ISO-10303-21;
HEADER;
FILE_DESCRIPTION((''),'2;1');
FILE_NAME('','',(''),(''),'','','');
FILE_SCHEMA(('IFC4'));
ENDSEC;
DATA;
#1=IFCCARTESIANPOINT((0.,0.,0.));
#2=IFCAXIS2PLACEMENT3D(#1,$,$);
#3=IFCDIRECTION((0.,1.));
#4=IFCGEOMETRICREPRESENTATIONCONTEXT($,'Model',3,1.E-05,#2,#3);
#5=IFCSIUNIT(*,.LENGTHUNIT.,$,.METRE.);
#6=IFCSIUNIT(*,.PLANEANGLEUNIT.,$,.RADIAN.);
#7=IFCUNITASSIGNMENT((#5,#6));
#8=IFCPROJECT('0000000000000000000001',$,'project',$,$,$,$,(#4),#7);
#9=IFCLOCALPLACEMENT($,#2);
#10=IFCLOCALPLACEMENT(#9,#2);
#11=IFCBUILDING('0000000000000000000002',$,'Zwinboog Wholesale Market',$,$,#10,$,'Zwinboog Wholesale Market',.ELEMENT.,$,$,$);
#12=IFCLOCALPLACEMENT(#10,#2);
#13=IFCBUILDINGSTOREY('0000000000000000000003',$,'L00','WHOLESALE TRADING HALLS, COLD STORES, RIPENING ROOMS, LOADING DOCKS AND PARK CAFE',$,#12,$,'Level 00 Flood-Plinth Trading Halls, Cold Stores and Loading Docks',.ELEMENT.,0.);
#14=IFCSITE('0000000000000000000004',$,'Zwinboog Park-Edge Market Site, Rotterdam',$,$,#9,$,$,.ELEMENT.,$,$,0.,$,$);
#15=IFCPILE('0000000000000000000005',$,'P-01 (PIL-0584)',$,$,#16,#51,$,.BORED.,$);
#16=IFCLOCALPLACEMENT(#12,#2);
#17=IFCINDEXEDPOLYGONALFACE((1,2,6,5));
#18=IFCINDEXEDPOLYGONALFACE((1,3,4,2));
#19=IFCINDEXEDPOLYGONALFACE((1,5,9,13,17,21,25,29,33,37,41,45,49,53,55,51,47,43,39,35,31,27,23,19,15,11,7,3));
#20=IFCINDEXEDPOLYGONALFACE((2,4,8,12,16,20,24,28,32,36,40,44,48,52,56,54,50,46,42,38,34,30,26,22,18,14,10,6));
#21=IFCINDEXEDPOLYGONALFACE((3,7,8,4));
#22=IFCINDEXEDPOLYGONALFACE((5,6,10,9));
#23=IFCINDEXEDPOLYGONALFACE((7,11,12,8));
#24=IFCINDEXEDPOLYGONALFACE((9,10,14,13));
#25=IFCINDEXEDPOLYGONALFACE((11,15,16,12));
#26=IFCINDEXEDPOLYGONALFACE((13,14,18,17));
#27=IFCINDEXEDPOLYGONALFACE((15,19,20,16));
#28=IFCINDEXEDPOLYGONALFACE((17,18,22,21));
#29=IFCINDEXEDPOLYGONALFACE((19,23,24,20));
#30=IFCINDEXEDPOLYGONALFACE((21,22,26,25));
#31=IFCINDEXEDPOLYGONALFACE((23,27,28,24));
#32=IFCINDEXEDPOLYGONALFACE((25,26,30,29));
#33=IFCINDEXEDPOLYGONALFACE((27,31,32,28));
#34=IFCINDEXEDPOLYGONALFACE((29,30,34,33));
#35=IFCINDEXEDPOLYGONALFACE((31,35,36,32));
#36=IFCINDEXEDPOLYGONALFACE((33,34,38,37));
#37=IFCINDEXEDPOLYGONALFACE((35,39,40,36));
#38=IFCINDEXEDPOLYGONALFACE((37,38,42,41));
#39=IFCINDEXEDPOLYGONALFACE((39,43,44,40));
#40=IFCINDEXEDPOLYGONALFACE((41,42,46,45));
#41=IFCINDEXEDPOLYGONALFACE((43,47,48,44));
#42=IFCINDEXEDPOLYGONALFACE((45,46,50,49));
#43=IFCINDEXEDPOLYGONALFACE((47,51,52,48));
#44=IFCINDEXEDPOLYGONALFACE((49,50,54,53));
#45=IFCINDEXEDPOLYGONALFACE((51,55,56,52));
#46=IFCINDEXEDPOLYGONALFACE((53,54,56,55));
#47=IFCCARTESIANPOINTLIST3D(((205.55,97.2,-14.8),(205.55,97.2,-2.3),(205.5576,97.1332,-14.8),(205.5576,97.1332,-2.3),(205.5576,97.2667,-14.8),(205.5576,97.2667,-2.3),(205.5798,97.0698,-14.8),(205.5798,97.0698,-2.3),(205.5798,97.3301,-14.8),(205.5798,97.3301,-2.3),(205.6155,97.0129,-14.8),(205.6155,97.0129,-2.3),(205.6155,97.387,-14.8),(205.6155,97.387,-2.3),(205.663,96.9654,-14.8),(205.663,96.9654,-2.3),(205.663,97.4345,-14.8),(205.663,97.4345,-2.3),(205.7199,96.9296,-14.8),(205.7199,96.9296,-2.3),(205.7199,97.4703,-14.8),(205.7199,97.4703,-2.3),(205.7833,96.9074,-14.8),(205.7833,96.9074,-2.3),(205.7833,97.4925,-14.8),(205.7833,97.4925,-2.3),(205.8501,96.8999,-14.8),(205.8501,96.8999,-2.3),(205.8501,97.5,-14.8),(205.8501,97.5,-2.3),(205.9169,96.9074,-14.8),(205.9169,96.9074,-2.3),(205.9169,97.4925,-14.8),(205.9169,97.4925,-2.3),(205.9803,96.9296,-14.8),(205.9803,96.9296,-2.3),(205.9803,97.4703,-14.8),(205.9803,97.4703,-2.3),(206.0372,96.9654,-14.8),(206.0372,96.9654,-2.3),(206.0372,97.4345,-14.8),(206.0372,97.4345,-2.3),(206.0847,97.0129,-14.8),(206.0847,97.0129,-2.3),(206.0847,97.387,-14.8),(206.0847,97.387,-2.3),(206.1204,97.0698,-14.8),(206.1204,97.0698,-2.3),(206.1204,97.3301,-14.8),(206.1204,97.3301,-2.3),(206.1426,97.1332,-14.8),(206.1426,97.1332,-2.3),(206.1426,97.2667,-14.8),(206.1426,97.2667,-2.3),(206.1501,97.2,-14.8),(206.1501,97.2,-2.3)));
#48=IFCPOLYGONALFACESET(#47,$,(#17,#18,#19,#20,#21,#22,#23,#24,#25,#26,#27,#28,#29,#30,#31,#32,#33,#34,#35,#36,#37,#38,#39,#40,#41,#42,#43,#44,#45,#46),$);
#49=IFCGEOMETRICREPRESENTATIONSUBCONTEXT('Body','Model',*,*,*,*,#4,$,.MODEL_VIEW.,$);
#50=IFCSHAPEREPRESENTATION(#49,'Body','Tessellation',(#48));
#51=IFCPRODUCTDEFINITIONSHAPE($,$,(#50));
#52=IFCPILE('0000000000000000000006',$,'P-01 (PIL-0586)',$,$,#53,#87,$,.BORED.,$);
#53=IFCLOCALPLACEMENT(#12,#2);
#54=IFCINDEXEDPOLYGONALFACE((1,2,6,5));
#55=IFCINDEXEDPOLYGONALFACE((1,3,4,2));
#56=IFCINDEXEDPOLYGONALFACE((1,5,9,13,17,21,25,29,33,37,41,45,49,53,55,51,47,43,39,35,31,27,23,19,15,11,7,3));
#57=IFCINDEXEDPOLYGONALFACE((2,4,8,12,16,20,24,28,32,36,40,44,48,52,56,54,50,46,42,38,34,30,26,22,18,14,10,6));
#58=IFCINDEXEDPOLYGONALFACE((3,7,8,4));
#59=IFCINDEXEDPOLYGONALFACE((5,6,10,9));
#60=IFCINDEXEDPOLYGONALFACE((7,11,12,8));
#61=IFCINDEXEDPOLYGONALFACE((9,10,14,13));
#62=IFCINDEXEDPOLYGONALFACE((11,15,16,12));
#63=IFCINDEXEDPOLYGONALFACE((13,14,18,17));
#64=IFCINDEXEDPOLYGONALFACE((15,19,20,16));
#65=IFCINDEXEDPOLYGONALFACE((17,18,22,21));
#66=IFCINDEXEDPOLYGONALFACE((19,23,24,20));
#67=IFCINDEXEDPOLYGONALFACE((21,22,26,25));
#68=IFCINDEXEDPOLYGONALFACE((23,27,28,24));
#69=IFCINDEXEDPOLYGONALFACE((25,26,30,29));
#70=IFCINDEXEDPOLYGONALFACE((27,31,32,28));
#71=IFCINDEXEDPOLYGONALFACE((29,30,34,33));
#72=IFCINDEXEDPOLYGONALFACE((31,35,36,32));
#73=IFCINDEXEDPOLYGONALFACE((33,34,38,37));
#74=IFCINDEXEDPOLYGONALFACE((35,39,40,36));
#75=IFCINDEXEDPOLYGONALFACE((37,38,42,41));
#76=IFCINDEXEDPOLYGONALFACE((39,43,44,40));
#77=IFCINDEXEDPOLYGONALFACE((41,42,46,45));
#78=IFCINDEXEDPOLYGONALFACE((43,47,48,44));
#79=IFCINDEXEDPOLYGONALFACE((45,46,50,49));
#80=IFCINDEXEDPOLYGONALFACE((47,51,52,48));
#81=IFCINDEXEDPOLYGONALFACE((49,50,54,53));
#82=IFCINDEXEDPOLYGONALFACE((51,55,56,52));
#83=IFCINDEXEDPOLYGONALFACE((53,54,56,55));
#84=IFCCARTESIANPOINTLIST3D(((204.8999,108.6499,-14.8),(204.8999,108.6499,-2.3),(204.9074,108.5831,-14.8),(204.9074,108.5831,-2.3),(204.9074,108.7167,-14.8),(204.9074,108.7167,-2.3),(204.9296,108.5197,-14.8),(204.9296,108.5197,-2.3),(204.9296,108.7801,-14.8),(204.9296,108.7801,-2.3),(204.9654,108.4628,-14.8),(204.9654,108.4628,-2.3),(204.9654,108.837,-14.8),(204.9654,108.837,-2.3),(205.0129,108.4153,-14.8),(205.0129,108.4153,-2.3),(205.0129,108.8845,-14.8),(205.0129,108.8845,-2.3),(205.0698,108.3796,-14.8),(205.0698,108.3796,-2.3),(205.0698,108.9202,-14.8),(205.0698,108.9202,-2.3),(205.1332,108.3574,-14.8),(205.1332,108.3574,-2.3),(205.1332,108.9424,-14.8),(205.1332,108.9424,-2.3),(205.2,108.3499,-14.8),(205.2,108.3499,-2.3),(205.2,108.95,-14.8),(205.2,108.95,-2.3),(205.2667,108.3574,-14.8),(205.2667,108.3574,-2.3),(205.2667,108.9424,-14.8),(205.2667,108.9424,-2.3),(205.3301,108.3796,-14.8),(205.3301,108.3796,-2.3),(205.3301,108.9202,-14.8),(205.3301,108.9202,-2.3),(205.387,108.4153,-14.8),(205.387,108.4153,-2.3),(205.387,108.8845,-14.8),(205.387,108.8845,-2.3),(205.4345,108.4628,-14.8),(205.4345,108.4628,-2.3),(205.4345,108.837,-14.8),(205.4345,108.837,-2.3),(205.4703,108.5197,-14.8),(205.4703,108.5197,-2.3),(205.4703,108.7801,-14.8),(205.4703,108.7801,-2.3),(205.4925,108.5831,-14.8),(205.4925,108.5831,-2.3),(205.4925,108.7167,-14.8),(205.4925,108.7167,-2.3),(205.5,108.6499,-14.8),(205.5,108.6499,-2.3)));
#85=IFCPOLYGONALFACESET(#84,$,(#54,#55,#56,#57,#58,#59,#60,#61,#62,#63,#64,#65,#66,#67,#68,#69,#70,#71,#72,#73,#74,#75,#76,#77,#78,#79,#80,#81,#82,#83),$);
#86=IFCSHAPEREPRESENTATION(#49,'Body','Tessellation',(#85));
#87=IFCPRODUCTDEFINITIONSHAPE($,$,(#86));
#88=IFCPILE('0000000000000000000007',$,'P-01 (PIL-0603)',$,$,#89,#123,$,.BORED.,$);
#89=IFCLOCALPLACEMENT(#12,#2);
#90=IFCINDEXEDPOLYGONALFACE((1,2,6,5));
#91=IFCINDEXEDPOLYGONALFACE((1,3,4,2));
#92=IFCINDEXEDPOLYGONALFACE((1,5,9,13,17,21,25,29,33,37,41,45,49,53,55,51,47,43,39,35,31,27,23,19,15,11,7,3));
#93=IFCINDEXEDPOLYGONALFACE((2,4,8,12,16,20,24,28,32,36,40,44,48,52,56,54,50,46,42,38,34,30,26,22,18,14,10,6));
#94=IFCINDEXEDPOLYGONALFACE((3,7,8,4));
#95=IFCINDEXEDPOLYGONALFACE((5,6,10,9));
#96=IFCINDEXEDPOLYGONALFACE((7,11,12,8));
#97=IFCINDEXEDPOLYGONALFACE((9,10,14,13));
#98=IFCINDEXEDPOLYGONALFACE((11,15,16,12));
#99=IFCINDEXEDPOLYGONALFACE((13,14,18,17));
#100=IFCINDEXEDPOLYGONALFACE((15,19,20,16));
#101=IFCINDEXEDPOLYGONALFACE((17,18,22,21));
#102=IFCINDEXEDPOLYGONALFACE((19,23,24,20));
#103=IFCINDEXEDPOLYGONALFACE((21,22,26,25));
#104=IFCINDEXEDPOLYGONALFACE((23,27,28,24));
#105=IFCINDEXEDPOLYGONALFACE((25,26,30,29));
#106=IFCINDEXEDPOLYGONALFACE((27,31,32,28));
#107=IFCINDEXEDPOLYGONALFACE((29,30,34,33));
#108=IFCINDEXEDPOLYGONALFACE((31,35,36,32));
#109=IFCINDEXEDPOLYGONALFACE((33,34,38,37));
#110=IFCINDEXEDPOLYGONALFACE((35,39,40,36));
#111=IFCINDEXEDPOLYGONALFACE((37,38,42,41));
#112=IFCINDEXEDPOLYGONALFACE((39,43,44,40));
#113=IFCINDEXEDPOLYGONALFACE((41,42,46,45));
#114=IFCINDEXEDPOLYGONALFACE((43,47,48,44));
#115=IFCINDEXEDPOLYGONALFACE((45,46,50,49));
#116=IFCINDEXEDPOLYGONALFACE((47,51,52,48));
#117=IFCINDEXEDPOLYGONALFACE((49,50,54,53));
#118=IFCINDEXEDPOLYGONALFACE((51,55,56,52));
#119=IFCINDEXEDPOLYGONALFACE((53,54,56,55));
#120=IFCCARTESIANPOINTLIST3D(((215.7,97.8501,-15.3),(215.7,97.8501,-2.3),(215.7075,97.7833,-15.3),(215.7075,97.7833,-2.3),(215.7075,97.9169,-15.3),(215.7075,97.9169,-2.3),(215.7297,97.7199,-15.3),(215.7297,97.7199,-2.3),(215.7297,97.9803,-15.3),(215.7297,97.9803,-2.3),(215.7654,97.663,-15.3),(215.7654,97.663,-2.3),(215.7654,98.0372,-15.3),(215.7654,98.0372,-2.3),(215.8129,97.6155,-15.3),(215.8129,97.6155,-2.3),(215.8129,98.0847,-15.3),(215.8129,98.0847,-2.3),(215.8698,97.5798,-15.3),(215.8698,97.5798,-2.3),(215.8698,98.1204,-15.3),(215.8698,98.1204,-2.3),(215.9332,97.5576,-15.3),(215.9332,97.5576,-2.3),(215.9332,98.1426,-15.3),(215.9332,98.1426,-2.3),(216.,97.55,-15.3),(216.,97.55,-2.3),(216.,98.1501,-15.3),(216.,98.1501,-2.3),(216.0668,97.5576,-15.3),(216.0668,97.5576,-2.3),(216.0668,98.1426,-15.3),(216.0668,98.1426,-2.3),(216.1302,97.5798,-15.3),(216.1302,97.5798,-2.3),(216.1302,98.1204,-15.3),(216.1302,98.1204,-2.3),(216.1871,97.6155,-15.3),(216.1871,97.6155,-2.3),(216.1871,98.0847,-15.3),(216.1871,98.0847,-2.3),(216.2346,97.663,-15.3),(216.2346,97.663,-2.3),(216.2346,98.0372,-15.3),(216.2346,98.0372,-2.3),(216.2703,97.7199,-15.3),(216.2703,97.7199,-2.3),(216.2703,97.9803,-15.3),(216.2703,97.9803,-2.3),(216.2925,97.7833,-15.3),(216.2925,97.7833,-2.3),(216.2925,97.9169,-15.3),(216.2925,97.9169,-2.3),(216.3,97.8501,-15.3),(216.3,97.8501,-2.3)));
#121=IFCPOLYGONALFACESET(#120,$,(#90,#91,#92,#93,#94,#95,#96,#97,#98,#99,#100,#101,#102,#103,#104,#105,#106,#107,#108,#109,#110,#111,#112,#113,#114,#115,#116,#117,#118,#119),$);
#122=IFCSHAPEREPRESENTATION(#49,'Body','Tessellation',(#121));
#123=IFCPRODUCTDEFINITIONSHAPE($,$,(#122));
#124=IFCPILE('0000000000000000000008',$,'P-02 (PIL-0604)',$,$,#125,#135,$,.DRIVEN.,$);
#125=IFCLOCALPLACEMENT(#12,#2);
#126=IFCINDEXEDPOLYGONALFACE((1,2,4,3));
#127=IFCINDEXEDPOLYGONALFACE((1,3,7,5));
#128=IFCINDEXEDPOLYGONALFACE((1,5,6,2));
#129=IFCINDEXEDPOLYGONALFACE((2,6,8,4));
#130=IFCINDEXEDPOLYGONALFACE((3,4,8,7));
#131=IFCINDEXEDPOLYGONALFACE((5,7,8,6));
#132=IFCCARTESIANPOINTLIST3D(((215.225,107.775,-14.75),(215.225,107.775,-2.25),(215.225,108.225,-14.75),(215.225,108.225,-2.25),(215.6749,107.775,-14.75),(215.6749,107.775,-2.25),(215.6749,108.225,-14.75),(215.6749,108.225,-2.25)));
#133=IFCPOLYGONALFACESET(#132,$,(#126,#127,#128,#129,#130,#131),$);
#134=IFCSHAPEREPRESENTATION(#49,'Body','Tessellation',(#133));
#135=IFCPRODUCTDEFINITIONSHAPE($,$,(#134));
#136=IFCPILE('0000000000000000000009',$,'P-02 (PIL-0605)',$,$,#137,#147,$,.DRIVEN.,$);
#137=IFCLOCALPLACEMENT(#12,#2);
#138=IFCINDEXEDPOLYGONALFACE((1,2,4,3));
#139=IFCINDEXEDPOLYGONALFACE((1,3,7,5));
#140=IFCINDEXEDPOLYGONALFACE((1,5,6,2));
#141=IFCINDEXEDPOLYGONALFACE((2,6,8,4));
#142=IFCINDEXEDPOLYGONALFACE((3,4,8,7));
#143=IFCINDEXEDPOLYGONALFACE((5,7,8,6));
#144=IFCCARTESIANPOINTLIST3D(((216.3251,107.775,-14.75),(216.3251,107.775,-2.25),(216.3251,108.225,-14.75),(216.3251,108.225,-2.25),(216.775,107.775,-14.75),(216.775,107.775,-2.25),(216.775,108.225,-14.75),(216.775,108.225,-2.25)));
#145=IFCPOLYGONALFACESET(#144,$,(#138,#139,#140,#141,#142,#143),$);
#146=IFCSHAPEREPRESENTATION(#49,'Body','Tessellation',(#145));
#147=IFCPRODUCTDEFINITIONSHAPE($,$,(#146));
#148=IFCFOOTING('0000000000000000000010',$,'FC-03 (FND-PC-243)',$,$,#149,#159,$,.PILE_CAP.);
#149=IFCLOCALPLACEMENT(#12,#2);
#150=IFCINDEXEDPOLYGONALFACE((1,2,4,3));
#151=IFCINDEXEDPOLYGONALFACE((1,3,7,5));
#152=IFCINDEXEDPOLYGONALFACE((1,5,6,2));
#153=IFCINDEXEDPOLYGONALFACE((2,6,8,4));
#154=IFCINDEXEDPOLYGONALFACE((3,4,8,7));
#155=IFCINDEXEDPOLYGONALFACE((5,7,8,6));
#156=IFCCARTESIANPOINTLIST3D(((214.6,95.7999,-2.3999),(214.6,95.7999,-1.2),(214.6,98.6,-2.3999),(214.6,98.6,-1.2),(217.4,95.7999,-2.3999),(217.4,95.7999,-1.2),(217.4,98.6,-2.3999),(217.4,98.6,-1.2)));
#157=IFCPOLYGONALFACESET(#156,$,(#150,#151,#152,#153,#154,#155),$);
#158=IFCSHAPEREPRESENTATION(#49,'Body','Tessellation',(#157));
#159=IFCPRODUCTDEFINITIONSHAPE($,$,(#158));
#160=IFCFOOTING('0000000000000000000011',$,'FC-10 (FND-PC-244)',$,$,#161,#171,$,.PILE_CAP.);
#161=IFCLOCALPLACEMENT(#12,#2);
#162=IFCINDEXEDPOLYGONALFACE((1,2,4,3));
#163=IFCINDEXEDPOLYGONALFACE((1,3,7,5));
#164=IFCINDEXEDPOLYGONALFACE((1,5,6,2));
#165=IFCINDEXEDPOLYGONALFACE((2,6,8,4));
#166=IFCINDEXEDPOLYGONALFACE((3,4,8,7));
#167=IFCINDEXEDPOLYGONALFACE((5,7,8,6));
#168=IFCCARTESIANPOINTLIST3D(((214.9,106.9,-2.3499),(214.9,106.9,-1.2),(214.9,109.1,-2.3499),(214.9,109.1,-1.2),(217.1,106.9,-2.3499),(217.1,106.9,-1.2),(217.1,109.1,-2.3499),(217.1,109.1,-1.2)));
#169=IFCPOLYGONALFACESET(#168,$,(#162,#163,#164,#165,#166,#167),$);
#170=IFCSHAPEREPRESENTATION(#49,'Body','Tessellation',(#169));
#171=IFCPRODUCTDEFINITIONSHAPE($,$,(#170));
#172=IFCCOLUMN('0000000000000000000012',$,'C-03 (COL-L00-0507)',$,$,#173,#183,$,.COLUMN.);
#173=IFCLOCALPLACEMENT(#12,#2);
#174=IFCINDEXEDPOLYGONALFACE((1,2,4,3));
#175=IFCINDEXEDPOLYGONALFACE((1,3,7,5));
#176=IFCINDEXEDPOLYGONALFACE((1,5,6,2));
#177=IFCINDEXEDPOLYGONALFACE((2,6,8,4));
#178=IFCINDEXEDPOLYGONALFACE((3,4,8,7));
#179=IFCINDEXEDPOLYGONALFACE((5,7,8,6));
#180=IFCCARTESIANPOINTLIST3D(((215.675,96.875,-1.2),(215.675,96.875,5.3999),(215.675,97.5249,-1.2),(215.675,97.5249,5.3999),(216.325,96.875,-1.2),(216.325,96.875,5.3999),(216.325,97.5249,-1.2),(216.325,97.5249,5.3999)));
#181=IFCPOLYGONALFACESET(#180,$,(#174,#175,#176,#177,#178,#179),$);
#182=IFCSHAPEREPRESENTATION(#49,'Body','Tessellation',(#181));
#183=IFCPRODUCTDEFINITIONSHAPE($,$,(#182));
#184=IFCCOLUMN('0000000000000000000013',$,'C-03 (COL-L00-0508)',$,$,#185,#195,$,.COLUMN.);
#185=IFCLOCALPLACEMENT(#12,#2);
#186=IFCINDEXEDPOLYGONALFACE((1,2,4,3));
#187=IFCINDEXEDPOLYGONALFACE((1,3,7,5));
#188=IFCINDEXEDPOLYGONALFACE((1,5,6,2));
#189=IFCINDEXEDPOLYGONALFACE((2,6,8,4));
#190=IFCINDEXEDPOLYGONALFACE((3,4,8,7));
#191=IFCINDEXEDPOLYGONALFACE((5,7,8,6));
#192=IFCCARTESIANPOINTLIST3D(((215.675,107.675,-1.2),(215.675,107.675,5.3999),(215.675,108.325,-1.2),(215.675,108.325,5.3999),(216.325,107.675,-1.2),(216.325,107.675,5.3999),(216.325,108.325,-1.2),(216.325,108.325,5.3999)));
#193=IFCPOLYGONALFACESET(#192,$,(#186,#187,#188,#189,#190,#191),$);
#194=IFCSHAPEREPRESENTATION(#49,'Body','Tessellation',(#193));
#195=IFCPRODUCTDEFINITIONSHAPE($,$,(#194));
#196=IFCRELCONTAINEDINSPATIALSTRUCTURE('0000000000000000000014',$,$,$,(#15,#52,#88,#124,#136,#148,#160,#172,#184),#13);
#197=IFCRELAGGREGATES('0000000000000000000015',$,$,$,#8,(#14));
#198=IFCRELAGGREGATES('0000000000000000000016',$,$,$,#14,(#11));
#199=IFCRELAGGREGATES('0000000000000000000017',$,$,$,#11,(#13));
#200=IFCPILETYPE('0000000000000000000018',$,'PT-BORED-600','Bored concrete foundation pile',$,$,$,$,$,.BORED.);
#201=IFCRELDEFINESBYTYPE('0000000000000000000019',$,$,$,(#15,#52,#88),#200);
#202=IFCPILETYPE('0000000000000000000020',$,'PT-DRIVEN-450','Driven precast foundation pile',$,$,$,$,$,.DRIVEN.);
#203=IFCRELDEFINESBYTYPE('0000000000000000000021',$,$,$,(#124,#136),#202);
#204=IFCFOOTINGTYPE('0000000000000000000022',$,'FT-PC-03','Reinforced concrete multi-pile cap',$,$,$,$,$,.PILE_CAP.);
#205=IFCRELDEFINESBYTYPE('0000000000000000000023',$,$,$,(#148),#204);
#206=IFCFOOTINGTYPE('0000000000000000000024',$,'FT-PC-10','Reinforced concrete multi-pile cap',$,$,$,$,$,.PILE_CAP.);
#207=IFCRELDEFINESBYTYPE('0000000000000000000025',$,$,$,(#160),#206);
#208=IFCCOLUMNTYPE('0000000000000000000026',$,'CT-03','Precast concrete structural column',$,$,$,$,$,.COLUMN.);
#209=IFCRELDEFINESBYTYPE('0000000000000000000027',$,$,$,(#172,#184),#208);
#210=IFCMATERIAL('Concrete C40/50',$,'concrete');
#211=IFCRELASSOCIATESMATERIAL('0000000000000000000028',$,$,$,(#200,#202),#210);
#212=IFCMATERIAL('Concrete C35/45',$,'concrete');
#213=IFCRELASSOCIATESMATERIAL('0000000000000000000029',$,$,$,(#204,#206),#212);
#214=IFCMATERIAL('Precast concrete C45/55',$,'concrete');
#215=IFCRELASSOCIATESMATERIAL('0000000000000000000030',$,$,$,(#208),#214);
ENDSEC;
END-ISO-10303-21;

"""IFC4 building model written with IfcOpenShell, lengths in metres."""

from ifc_helpers import new_model, si_unit, direction, frame, origin, origin_2d, place, context, subcontext, project, spatial, rectangle, circle, extrude, material, material_profile, profile_set, type_object, element, save


model = new_model("IFC4")

# Units and contexts
model_context = context("Model", 3, precision=1e-05, world=origin(), true_north=direction((0.0, 1.0)))
body_context = subcontext(model_context, "Body", "Model", "MODEL_VIEW")
ifc_project = project(units=[si_unit("LENGTHUNIT", "METRE"), si_unit("PLANEANGLEUNIT", "RADIAN")], contexts=[model_context])

# Site, building, storey
site_placement = place(None, origin())
site = spatial("IfcSite", under=ifc_project, at=site_placement, Name="Zwinboog Park-Edge Market Site, Rotterdam", CompositionType="ELEMENT", RefElevation=0.0)
building_placement = place(site_placement, origin())
building = spatial("IfcBuilding", under=site, at=building_placement, Name="Zwinboog Wholesale Market", LongName="Zwinboog Wholesale Market", CompositionType="ELEMENT")
storey_placement = place(building_placement, origin())
storey = spatial("IfcBuildingStorey", under=building, at=storey_placement, Name="L00", Description="WHOLESALE TRADING HALLS, COLD STORES, RIPENING ROOMS, LOADING DOCKS AND PARK CAFE", LongName="Level 00 Flood-Plinth Trading Halls, Cold Stores and Loading Docks", CompositionType="ELEMENT", Elevation=0.0)

# Piles
ifc_material_1 = material(Name="Concrete C40/50", Category="concrete")
ifc_material_profile_1 = material_profile(ifc_material_1, circle(Radius=0.3, at=origin_2d()), Name="PILE D600")
ifc_profile_set_1 = profile_set([ifc_material_profile_1], Name="Concrete C40/50")
pile_type_1 = type_object("IfcPileType", Name="PT-BORED-600", Description="Bored concrete foundation pile", PredefinedType="BORED", material=ifc_profile_set_1)
for number, where, z_axis, x_axis, name in (
    (1, (205.8501, 97.2, -2.3), (0.0, 0.0, -1.0), (1.0, 0.0, 0.0), "P-01 (PIL-0584)"),
    (2, (205.2, 108.6499, -2.3), (0.0, 0.0, -1.0), (1.0, 0.0, 0.0), "P-01 (PIL-0586)"),
):
    element("IfcPile", number, at=place(storey_placement, frame(where, z_axis=z_axis, x_axis=x_axis)), inside=storey, type_object=pile_type_1, Name=name, PredefinedType="BORED", context=body_context, shape_type="SweptSolid", body=[
        extrude(circle(Radius=0.3, at=origin_2d()), origin(), (0.0, 0.0, 1.0), 12.5),
    ])
pile_placement = place(storey_placement, frame((216.0, 97.8501, -2.3), z_axis=(0.0, 0.0, -1.0), x_axis=(1.0, 0.0, 0.0)))
element("IfcPile", 3, at=pile_placement, inside=storey, type_object=pile_type_1, Name="P-01 (PIL-0603)", PredefinedType="BORED", context=body_context, shape_type="SweptSolid", body=[
    extrude(circle(Radius=0.3, at=origin_2d()), origin(), (0.0, 0.0, 1.0), 13.0),
])
ifc_material_profile_2 = material_profile(ifc_material_1, rectangle(XDim=0.45, YDim=0.45, at=origin_2d()), Name="PILE SQ450")
ifc_profile_set_2 = profile_set([ifc_material_profile_2], Name="Concrete C40/50")
pile_type_2 = type_object("IfcPileType", Name="PT-DRIVEN-450", Description="Driven precast foundation pile", PredefinedType="DRIVEN", material=ifc_profile_set_2)
for number, where, z_axis, x_axis, name in (
    (4, (215.45, 108.0, -2.25), (0.0, 0.0, -1.0), (1.0, 0.0, 0.0), "P-02 (PIL-0604)"),
    (5, (216.55, 108.0, -2.25), (0.0, 0.0, -1.0), (1.0, 0.0, 0.0), "P-02 (PIL-0605)"),
):
    element("IfcPile", number, at=place(storey_placement, frame(where, z_axis=z_axis, x_axis=x_axis)), inside=storey, type_object=pile_type_2, Name=name, PredefinedType="DRIVEN", context=body_context, shape_type="SweptSolid", body=[
        extrude(rectangle(XDim=0.45, YDim=0.45, at=origin_2d()), origin(), (0.0, 0.0, 1.0), 12.5),
    ])

# Footings
ifc_material_2 = material(Name="Concrete C35/45", Category="concrete")
footing_type_1 = type_object("IfcFootingType", Name="FT-PC-03", Description="Reinforced concrete multi-pile cap", PredefinedType="PILE_CAP", material=ifc_material_2)
footing_1_placement = place(storey_placement, frame((216.0, 97.2, -2.3999), z_axis=(0.0, 0.0, 1.0), x_axis=(1.0, 0.0, 0.0)))
element("IfcFooting", 6, at=footing_1_placement, inside=storey, type_object=footing_type_1, Name="FC-03 (FND-PC-243)", PredefinedType="PILE_CAP", context=body_context, shape_type="SweptSolid", body=[
    extrude(rectangle(XDim=2.8, YDim=2.8, at=origin_2d()), origin(), (0.0, 0.0, 1.0), 1.2),
])
footing_type_2 = type_object("IfcFootingType", Name="FT-PC-10", Description="Reinforced concrete multi-pile cap", PredefinedType="PILE_CAP", material=ifc_material_2)
footing_2_placement = place(storey_placement, frame((216.0, 108.0, -2.3499), z_axis=(0.0, 0.0, 1.0), x_axis=(1.0, 0.0, 0.0)))
element("IfcFooting", 7, at=footing_2_placement, inside=storey, type_object=footing_type_2, Name="FC-10 (FND-PC-244)", PredefinedType="PILE_CAP", context=body_context, shape_type="SweptSolid", body=[
    extrude(rectangle(XDim=2.2, YDim=2.2, at=origin_2d()), origin(), (0.0, 0.0, 1.0), 1.1499),
])

# Columns
ifc_material_3 = material(Name="Precast concrete C45/55", Category="concrete")
ifc_material_profile_3 = material_profile(ifc_material_3, rectangle(XDim=0.6499, YDim=0.6499, at=origin_2d()), Name="PC 650x650")
ifc_profile_set_3 = profile_set([ifc_material_profile_3], Name="Precast concrete C45/55")
column_type = type_object("IfcColumnType", Name="CT-03", Description="Precast concrete structural column", PredefinedType="COLUMN", material=ifc_profile_set_3)
for number, where, z_axis, x_axis, name in (
    (8, (216.0, 97.2, -1.2), (0.0, 0.0, 1.0), (1.0, 0.0, 0.0), "C-03 (COL-L00-0507)"),
    (9, (216.0, 108.0, -1.2), (0.0, 0.0, 1.0), (1.0, 0.0, 0.0), "C-03 (COL-L00-0508)"),
):
    element("IfcColumn", number, at=place(storey_placement, frame(where, z_axis=z_axis, x_axis=x_axis)), inside=storey, type_object=column_type, Name=name, PredefinedType="COLUMN", context=body_context, shape_type="SweptSolid", body=[
        extrude(rectangle(XDim=0.6499, YDim=0.6499, at=origin_2d()), origin(), (0.0, 0.0, 1.0), 6.5999),
    ])

save(model, "model.ifc")
